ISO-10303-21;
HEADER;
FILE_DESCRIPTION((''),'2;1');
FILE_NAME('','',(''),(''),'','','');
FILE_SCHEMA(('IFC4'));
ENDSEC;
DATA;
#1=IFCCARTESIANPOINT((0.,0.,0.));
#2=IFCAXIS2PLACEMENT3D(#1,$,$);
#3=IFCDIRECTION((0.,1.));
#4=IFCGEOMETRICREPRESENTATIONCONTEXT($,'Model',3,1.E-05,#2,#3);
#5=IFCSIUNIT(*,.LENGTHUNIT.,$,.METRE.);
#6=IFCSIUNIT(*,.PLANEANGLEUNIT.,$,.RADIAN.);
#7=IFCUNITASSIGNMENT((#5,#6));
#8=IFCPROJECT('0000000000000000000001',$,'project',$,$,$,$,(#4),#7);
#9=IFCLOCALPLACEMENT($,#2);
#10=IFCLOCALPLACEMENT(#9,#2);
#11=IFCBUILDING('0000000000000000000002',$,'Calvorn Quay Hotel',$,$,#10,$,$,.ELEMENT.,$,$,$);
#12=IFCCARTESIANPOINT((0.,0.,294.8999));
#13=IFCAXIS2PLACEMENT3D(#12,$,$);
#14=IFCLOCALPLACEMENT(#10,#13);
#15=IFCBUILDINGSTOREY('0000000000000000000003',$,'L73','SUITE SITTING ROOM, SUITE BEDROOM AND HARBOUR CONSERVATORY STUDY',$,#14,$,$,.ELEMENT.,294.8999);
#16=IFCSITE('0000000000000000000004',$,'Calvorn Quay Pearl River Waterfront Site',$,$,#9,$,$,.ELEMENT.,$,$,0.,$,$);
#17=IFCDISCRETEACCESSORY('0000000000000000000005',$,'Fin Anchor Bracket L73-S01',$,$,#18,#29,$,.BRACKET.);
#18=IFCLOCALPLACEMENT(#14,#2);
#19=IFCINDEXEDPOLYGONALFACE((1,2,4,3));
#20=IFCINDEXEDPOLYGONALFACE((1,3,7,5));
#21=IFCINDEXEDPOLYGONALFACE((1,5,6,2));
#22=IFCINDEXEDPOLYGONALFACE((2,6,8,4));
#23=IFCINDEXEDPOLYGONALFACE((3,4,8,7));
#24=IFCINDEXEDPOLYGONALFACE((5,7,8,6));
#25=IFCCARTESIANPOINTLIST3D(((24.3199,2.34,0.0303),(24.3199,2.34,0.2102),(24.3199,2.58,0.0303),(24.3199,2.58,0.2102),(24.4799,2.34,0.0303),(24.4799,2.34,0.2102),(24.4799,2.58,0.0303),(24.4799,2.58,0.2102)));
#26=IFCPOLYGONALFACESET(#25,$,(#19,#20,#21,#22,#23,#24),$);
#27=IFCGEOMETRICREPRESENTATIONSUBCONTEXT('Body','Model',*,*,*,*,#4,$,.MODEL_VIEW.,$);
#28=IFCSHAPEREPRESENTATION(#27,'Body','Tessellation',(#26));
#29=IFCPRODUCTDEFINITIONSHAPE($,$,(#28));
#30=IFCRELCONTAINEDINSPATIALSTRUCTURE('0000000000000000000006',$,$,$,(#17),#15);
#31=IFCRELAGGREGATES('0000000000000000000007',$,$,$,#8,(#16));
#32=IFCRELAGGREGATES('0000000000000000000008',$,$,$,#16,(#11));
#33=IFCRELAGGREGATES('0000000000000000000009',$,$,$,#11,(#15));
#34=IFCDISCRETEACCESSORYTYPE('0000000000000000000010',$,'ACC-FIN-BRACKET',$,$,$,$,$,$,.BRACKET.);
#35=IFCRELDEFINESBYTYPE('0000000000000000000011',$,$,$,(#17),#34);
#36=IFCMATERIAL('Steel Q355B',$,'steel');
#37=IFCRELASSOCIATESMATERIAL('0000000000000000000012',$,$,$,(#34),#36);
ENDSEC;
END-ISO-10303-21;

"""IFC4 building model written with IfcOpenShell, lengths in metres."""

from ifc_helpers import new_model, si_unit, direction, frame, origin, origin_2d, place, context, subcontext, project, spatial, rectangle, extrude, material, type_object, element, save


model = new_model("IFC4")

# Units and contexts
model_context = context("Model", 3, precision=1e-05, world=origin(), true_north=direction((0.0, 1.0)))
body_context = subcontext(model_context, "Body", "Model", "MODEL_VIEW")
ifc_project = project(units=[si_unit("LENGTHUNIT", "METRE"), si_unit("PLANEANGLEUNIT", "RADIAN")], contexts=[model_context])

# Site, building, storey
site_placement = place(None, origin())
site = spatial("IfcSite", under=ifc_project, at=site_placement, Name="Calvorn Quay Pearl River Waterfront Site", CompositionType="ELEMENT", RefElevation=0.0)
building_placement = place(site_placement, origin())
building = spatial("IfcBuilding", under=site, at=building_placement, Name="Calvorn Quay Hotel", CompositionType="ELEMENT")
storey_placement = place(building_placement, frame((0.0, 0.0, 294.8999)))
storey = spatial("IfcBuildingStorey", under=building, at=storey_placement, Name="L73", Description="SUITE SITTING ROOM, SUITE BEDROOM AND HARBOUR CONSERVATORY STUDY", CompositionType="ELEMENT", Elevation=294.8999)

# Discrete accessory
ifc_material_1 = material(Name="Steel Q355B", Category="steel")
discrete_accessory_type = type_object("IfcDiscreteAccessoryType", Name="ACC-FIN-BRACKET", PredefinedType="BRACKET", material=ifc_material_1)
discrete_accessory_placement = place(storey_placement, frame((24.3999, 2.46, 0.0303), z_axis=(0.0, 0.0, 1.0), x_axis=(0.0, 1.0, 0.0)))
element("IfcDiscreteAccessory", 1, at=discrete_accessory_placement, inside=storey, type_object=discrete_accessory_type, Name="Fin Anchor Bracket L73-S01", PredefinedType="BRACKET", context=body_context, shape_type="SweptSolid", body=[
    extrude(rectangle(XDim=0.24, YDim=0.1599, at=origin_2d()), origin(), (0.0, 0.0, 1.0), 0.1799),
])

save(model, "model.ifc")
